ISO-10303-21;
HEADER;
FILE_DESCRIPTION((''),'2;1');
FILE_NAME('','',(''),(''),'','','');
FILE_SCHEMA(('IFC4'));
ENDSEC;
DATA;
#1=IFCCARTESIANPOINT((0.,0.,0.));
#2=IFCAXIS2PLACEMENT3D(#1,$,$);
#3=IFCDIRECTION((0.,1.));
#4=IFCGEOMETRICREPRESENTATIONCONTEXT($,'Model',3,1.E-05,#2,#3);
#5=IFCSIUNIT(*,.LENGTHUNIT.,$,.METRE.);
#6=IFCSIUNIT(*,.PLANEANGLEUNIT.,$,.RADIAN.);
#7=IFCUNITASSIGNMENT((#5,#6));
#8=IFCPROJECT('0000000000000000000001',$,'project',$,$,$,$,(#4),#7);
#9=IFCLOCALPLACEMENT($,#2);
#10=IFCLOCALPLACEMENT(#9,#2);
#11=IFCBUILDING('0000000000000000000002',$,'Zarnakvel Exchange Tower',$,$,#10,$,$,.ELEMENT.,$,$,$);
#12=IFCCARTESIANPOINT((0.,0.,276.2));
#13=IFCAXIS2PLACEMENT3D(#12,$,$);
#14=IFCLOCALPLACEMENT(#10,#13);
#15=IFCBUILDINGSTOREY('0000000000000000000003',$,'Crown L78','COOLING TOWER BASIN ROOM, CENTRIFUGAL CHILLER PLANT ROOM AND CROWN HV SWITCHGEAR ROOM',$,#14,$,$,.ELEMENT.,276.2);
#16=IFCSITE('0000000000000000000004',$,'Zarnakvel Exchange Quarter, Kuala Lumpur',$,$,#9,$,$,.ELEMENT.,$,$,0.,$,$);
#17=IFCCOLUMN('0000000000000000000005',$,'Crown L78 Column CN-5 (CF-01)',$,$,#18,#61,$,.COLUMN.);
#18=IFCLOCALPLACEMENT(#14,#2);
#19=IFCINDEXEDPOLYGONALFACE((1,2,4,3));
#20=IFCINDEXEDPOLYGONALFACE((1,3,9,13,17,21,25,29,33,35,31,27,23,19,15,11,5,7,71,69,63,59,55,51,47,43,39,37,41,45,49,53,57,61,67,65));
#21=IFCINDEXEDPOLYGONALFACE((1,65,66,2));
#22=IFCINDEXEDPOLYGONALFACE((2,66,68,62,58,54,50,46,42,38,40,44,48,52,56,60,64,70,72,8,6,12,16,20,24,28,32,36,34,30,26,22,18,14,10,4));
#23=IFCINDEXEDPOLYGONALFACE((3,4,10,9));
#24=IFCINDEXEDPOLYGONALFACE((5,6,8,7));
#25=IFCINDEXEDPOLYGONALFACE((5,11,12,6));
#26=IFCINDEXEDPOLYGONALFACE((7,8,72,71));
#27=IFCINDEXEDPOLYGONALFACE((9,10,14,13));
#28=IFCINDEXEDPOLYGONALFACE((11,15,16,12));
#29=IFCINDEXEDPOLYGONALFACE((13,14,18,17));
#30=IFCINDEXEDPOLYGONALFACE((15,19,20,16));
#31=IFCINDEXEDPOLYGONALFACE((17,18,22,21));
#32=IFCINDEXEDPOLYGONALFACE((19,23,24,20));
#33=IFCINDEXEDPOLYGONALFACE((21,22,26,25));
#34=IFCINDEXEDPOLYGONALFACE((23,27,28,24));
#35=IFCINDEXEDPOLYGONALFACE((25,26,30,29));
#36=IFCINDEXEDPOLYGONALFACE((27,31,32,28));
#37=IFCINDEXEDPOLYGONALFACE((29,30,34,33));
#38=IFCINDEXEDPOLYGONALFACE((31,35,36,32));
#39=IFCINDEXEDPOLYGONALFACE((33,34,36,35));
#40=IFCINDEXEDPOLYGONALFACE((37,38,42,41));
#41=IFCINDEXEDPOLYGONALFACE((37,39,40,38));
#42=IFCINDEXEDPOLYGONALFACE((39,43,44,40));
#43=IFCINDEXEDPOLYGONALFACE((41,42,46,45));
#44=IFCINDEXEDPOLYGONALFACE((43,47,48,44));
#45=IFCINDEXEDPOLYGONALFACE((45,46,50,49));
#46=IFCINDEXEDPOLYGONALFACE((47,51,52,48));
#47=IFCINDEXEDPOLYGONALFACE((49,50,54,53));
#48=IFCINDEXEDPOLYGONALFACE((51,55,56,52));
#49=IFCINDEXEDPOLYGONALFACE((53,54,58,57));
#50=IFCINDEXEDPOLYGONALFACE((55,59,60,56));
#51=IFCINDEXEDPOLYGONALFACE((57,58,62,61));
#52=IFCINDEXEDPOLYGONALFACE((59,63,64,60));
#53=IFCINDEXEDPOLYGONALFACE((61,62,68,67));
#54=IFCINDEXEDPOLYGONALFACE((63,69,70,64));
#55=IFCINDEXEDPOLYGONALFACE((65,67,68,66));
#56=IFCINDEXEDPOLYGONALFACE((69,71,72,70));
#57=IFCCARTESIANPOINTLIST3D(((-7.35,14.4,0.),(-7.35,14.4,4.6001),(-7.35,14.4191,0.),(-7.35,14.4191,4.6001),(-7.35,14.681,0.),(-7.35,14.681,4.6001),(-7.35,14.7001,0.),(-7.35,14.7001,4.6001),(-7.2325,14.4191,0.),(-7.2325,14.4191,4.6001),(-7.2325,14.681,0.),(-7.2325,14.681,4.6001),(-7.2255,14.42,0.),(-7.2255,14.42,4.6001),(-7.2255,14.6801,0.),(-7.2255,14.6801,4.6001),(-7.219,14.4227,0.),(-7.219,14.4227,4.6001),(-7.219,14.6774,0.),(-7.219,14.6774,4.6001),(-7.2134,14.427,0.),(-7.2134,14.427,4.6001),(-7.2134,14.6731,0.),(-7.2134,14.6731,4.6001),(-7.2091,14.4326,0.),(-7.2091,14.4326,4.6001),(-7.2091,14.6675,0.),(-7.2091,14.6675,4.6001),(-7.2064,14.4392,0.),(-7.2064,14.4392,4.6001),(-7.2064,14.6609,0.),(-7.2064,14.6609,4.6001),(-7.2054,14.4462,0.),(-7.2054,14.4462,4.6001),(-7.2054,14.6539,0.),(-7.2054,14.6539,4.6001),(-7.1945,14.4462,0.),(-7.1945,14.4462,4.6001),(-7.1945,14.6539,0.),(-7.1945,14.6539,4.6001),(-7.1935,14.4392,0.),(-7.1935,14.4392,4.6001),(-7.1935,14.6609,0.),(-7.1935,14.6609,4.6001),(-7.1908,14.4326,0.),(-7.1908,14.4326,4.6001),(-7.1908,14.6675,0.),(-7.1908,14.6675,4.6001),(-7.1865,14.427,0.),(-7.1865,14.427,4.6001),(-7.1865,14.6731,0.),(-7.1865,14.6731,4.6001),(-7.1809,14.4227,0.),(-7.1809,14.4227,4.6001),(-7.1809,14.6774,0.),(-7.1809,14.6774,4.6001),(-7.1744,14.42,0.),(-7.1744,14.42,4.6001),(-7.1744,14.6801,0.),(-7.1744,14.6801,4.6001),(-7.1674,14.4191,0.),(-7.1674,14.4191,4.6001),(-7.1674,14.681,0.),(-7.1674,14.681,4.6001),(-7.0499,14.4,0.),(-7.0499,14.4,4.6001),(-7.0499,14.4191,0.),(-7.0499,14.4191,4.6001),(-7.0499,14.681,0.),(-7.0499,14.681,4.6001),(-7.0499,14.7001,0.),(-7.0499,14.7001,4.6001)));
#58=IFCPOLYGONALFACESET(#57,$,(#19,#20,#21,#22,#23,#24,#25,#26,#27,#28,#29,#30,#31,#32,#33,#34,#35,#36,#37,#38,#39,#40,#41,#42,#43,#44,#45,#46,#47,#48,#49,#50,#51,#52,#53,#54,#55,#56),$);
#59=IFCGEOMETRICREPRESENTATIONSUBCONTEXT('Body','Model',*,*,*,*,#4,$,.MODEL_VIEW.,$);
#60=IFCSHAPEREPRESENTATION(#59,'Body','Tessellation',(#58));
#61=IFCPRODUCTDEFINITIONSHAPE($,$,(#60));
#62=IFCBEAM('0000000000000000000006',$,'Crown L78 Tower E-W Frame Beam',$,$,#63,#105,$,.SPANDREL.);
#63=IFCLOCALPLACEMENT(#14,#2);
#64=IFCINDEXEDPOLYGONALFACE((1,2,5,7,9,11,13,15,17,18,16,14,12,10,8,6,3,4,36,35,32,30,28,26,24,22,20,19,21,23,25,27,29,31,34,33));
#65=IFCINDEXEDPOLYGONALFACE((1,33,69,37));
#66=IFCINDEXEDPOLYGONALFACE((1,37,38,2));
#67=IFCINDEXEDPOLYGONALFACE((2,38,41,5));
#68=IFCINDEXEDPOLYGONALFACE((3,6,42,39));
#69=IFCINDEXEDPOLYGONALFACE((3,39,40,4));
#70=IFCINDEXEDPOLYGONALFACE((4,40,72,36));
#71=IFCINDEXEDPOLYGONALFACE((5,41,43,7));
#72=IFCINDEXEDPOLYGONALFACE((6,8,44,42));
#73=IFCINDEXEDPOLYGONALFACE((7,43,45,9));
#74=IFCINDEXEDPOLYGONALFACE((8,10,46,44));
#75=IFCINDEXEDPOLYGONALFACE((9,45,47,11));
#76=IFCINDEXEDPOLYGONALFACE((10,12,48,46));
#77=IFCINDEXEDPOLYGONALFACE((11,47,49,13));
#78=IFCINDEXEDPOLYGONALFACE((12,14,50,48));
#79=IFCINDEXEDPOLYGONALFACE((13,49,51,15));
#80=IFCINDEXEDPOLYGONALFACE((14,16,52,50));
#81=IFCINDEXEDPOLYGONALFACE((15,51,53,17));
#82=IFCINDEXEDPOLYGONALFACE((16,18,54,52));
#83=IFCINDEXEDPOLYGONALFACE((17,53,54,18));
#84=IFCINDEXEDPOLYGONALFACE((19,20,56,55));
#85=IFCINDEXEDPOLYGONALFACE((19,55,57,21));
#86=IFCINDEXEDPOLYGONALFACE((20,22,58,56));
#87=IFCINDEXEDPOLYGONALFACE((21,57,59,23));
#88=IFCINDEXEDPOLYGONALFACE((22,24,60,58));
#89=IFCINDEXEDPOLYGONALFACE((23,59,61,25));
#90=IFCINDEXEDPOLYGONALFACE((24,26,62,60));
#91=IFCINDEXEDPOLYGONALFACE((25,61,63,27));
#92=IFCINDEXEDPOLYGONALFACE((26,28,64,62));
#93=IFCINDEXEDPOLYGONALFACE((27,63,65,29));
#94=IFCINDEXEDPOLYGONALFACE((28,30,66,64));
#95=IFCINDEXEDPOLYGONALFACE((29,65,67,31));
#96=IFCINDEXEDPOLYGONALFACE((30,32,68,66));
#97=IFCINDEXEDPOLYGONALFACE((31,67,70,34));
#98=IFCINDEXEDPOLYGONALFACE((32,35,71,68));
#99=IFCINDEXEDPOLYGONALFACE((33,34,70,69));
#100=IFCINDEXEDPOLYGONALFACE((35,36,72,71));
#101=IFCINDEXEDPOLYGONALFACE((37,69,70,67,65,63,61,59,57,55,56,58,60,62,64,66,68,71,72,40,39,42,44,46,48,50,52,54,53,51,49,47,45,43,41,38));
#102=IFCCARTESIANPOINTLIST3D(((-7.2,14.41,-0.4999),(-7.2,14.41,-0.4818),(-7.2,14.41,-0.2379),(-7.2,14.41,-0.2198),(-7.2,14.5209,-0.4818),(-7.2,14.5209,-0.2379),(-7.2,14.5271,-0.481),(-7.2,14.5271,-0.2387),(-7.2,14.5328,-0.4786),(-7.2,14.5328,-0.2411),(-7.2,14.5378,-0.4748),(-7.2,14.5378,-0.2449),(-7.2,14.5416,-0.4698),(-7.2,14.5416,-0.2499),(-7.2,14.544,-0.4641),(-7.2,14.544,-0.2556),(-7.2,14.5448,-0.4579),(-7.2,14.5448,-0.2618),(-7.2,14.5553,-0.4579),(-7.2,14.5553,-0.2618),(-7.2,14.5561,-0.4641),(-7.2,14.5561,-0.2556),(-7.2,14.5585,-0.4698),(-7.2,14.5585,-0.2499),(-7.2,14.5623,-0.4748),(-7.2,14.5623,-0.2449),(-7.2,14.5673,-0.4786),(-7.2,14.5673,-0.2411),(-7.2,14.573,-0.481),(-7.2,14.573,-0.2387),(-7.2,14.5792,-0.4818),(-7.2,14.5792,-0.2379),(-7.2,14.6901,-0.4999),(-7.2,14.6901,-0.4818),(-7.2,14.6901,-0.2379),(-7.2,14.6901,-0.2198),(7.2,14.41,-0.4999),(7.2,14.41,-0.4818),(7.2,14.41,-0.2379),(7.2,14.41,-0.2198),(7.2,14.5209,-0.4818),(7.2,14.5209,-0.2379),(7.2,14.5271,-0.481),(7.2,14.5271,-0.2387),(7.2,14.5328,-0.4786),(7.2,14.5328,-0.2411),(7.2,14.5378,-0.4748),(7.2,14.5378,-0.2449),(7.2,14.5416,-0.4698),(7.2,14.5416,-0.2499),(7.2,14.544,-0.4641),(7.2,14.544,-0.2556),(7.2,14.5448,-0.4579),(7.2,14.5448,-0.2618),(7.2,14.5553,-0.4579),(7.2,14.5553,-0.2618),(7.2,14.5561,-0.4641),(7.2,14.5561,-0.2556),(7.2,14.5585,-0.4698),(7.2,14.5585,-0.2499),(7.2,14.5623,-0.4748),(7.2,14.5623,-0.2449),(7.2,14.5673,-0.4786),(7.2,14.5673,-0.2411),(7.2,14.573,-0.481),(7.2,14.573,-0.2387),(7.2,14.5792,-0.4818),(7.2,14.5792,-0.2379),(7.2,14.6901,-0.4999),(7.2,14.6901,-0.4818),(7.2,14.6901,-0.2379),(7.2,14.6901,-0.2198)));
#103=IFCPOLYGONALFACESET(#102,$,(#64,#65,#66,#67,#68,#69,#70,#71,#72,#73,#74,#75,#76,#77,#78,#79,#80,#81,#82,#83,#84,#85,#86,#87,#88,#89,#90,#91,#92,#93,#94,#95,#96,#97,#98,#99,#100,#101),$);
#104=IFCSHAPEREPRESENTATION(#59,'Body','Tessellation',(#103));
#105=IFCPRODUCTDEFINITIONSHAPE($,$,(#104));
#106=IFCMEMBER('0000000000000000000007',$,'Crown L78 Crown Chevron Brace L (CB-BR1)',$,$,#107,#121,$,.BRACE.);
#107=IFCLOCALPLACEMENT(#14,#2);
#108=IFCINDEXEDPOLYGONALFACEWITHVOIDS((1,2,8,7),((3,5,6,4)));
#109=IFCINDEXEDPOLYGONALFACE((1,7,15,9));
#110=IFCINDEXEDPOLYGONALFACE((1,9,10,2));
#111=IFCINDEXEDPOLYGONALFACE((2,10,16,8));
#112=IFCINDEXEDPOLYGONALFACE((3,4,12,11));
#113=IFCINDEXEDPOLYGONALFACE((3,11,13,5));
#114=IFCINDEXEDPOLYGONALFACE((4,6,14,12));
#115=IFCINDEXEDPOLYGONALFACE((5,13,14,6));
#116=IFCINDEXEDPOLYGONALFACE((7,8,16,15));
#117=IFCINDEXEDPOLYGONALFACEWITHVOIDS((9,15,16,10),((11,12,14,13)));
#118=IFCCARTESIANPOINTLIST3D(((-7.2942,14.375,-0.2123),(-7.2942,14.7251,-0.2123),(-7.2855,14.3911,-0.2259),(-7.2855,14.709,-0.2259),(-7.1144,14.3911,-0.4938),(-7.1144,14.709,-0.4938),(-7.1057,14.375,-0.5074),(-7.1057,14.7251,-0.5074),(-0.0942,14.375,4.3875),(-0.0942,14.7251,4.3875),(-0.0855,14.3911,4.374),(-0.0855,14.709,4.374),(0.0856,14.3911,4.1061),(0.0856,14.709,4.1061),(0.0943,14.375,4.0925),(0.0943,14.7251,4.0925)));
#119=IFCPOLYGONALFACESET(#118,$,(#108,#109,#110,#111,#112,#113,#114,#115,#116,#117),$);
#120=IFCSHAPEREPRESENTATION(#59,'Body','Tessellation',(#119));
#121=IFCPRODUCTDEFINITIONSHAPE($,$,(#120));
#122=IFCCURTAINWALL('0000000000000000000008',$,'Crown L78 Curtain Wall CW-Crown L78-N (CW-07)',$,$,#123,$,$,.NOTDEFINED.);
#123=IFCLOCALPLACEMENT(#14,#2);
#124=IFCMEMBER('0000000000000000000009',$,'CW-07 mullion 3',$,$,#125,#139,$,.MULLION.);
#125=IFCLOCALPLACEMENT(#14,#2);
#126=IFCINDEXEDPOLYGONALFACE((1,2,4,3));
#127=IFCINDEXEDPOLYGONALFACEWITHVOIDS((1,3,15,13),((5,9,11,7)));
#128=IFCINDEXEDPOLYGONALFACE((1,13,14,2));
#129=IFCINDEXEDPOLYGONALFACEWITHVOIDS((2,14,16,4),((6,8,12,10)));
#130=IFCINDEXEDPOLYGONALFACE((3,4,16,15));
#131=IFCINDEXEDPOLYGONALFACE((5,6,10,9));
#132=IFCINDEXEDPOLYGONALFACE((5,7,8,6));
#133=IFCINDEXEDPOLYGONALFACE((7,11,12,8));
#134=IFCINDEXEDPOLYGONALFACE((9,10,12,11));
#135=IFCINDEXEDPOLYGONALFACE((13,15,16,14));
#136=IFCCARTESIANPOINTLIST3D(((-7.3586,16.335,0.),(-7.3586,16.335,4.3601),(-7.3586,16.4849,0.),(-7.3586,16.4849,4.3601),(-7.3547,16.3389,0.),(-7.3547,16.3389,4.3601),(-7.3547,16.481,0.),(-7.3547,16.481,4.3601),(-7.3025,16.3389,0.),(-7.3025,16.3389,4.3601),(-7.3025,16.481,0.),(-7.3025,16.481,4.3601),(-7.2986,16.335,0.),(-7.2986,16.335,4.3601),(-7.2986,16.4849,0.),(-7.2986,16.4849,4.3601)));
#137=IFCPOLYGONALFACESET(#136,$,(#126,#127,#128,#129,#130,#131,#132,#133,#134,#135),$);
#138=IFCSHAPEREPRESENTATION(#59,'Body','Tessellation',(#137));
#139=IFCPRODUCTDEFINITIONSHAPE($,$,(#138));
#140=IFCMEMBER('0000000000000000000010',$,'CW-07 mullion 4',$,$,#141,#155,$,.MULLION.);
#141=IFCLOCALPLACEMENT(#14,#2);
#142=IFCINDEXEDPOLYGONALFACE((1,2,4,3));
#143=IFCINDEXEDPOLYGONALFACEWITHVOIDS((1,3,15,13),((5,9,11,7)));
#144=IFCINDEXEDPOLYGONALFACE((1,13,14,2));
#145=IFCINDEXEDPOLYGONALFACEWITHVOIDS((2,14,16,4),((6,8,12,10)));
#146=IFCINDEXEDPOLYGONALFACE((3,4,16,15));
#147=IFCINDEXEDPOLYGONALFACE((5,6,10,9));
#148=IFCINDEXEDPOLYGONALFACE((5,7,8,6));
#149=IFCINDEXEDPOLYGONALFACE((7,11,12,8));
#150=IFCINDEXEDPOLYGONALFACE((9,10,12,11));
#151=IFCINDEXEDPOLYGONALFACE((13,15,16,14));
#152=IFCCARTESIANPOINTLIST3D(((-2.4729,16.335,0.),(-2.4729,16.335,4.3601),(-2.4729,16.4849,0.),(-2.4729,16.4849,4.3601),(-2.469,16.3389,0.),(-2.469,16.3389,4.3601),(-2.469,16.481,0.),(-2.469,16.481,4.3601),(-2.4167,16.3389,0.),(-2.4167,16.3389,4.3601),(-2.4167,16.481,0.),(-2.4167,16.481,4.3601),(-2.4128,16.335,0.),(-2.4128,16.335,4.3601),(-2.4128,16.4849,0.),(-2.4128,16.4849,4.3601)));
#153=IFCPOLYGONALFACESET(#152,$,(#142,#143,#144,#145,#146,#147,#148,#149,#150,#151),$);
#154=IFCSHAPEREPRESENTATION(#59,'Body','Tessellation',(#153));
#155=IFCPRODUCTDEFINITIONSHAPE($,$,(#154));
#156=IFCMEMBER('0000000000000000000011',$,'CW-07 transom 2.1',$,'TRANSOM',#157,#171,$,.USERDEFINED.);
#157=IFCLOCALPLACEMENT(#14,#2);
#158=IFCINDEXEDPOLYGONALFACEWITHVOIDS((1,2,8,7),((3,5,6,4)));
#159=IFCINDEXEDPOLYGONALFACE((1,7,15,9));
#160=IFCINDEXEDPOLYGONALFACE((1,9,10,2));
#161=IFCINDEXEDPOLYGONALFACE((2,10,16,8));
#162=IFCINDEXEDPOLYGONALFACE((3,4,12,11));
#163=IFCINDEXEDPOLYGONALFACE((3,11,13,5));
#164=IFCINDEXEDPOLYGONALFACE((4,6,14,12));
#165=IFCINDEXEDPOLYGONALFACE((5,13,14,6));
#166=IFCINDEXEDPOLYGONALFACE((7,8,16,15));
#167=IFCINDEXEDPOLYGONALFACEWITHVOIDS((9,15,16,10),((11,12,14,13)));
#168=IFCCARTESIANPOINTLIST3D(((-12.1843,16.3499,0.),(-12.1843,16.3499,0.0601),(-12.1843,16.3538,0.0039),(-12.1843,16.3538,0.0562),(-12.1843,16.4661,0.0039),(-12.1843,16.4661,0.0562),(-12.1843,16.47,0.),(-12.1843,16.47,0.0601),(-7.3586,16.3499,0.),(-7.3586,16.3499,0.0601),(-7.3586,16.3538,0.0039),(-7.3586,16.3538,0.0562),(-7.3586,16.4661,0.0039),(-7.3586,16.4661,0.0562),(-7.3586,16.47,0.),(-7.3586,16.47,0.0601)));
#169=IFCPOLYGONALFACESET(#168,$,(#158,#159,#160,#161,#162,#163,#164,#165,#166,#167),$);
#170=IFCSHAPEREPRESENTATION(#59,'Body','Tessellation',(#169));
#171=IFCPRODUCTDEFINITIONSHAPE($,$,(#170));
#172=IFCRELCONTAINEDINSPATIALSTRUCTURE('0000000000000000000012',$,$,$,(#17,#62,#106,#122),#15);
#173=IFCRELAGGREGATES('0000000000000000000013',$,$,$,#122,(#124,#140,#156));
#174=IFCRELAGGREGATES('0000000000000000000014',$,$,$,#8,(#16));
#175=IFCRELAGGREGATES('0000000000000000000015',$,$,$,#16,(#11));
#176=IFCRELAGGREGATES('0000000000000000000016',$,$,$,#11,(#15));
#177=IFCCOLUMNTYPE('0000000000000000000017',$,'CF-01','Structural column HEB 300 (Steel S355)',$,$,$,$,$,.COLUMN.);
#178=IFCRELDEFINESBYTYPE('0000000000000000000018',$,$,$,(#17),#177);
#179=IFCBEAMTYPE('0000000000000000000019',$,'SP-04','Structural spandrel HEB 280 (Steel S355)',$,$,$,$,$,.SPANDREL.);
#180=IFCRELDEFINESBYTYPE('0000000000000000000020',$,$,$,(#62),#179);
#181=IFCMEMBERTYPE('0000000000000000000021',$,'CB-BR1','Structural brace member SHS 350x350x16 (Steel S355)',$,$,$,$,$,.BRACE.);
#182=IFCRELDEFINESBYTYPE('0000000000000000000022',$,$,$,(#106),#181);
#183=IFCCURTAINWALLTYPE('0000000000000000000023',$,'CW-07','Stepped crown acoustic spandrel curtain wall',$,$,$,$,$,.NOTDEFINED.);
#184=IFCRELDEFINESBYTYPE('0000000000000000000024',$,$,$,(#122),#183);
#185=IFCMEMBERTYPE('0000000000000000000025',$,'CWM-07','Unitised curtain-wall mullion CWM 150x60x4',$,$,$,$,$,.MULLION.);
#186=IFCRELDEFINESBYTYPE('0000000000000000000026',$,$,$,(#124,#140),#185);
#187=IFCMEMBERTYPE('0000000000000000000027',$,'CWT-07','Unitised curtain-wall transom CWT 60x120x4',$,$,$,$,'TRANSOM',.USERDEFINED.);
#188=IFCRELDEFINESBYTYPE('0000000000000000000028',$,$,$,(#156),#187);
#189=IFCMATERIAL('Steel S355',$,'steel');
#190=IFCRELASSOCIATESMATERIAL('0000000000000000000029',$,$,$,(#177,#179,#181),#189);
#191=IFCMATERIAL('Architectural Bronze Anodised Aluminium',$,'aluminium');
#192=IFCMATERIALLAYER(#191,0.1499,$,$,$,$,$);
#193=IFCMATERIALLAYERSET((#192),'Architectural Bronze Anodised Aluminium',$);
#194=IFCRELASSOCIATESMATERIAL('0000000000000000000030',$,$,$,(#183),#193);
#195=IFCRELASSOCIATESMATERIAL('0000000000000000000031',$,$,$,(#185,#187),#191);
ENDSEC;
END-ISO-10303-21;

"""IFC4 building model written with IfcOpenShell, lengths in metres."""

from ifc_helpers import new_model, si_unit, direction, frame, origin, origin_2d, place, context, subcontext, project, spatial, hollow_rectangle, i_section, extrude, source, transform, mapped, material, layer, layer_set, material_profile, profile_set, type_object, element, aggregate, save


model = new_model("IFC4")

# Units and contexts
model_context = context("Model", 3, precision=1e-05, world=origin(), true_north=direction((0.0, 1.0)))
body_context = subcontext(model_context, "Body", "Model", "MODEL_VIEW")
ifc_project = project(units=[si_unit("LENGTHUNIT", "METRE"), si_unit("PLANEANGLEUNIT", "RADIAN")], contexts=[model_context])

# Site, building, storey
site_placement = place(None, origin())
site = spatial("IfcSite", under=ifc_project, at=site_placement, Name="Zarnakvel Exchange Quarter, Kuala Lumpur", CompositionType="ELEMENT", RefElevation=0.0)
building_placement = place(site_placement, origin())
building = spatial("IfcBuilding", under=site, at=building_placement, Name="Zarnakvel Exchange Tower", CompositionType="ELEMENT")
storey_placement = place(building_placement, frame((0.0, 0.0, 276.2)))
storey = spatial("IfcBuildingStorey", under=building, at=storey_placement, Name="Crown L78", Description="COOLING TOWER BASIN ROOM, CENTRIFUGAL CHILLER PLANT ROOM AND CROWN HV SWITCHGEAR ROOM", CompositionType="ELEMENT", Elevation=276.2)

# Column
ifc_material_1 = material(Name="Steel S355", Category="steel")
ifc_material_profile_1 = material_profile(ifc_material_1, i_section(OverallWidth=0.3, OverallDepth=0.3, WebThickness=0.011, FlangeThickness=0.019, FilletRadius=0.0271, at=origin_2d()))
ifc_profile_set_1 = profile_set([ifc_material_profile_1], Name="Steel S355")
column_type = type_object("IfcColumnType", Name="CF-01", Description="Structural column HEB 300 (Steel S355)", PredefinedType="COLUMN", material=ifc_profile_set_1)
column_placement = place(storey_placement, frame((-7.2, 14.55, 0.0), z_axis=(0.0, 0.0, 1.0), x_axis=(1.0, 0.0, 0.0)))
element("IfcColumn", 1, at=column_placement, inside=storey, type_object=column_type, Name="Crown L78 Column CN-5 (CF-01)", PredefinedType="COLUMN", context=body_context, shape_type="SweptSolid", body=[
    extrude(i_section(OverallWidth=0.3, OverallDepth=0.3, WebThickness=0.011, FlangeThickness=0.019, FilletRadius=0.0271, at=origin_2d()), origin(), (0.0, 0.0, 1.0), 4.6001),
])

# Beam
ifc_material_profile_2 = material_profile(ifc_material_1, i_section(OverallWidth=0.28, OverallDepth=0.28, WebThickness=0.0105, FlangeThickness=0.0181, FilletRadius=0.0239, at=origin_2d()))
ifc_profile_set_2 = profile_set([ifc_material_profile_2], Name="Steel S355")
beam_type = type_object("IfcBeamType", Name="SP-04", Description="Structural spandrel HEB 280 (Steel S355)", PredefinedType="SPANDREL", material=ifc_profile_set_2)
beam_placement = place(storey_placement, frame((-7.2, 14.55, -0.3599), z_axis=(1.0, 0.0, 0.0), x_axis=(0.0, 1.0, 0.0)))
element("IfcBeam", 2, at=beam_placement, inside=storey, type_object=beam_type, Name="Crown L78 Tower E-W Frame Beam", PredefinedType="SPANDREL", context=body_context, shape_type="SweptSolid", body=[
    extrude(i_section(OverallWidth=0.28, OverallDepth=0.28, WebThickness=0.0105, FlangeThickness=0.0181, FilletRadius=0.0239, at=origin_2d()), origin(), (0.0, 0.0, 1.0), 14.3999),
])

# Member
ifc_material_profile_3 = material_profile(ifc_material_1, hollow_rectangle(XDim=0.3501, YDim=0.3501, WallThickness=0.0161, at=origin_2d()))
ifc_profile_set_3 = profile_set([ifc_material_profile_3], Name="Steel S355")
member_type_1 = type_object("IfcMemberType", Name="CB-BR1", Description="Structural brace member SHS 350x350x16 (Steel S355)", PredefinedType="BRACE", material=ifc_profile_set_3)
shared_shape_1 = source(origin(), body_context, "Body", "SweptSolid", [
    extrude(hollow_rectangle(XDim=0.3501, YDim=0.3501, WallThickness=0.0161, at=origin_2d()), origin(), (0.0, 0.0, 1.0), 8.5439),
])
member_1_placement = place(storey_placement, frame((-7.2, 14.55, -0.3599), z_axis=(0.842702, 0.0, 0.53838), x_axis=(0.0, 1.0, 0.0)))
element("IfcMember", 3, at=member_1_placement, inside=storey, type_object=member_type_1, Name="Crown L78 Crown Chevron Brace L (CB-BR1)", PredefinedType="BRACE", context=body_context, shape_type="MappedRepresentation", body=[
    mapped(shared_shape_1, transform((0.0, 0.0, 0.0), x_axis=(1.0, 0.0, 0.0), y_axis=(0.0, 1.0, 0.0), z_axis=(0.0, 0.0, 1.0), scale=1.0)),
])

# Curtain wall, members
ifc_material_2 = material(Name="Architectural Bronze Anodised Aluminium", Category="aluminium")
ifc_layer_1 = layer(ifc_material_2, 0.1499)
ifc_layer_set_1 = layer_set([ifc_layer_1], Name="Architectural Bronze Anodised Aluminium")
curtain_wall_type = type_object("IfcCurtainWallType", Name="CW-07", Description="Stepped crown acoustic spandrel curtain wall", PredefinedType="NOTDEFINED", material=ifc_layer_set_1)
curtain_wall_placement = place(storey_placement, origin())
curtain_wall = element("IfcCurtainWall", 4, at=curtain_wall_placement, inside=storey, type_object=curtain_wall_type, Name="Crown L78 Curtain Wall CW-Crown L78-N (CW-07)", PredefinedType="NOTDEFINED")
ifc_material_profile_4 = material_profile(ifc_material_2, hollow_rectangle(XDim=0.1499, YDim=0.0601, WallThickness=0.0039, at=origin_2d()))
ifc_profile_set_4 = profile_set([ifc_material_profile_4], Name="Architectural Bronze Anodised Aluminium")
member_type_2 = type_object("IfcMemberType", Name="CWM-07", Description="Unitised curtain-wall mullion CWM 150x60x4", PredefinedType="MULLION", material=ifc_profile_set_4)
shared_shape_2 = source(origin(), body_context, "Body", "SweptSolid", [
    extrude(hollow_rectangle(XDim=0.1499, YDim=0.0601, WallThickness=0.0039, at=origin_2d()), origin(), (0.0, 0.0, 1.0), 4.3601),
])
member_2_placement = place(storey_placement, frame((-7.3286, 16.4099, 0.0), z_axis=(0.0, 0.0, 1.0), x_axis=(0.0, 1.0, 0.0)))
member_2 = element("IfcMember", 5, at=member_2_placement, type_object=member_type_2, Name="CW-07 mullion 3", PredefinedType="MULLION", context=body_context, shape_type="MappedRepresentation", body=[
    mapped(shared_shape_2, transform((0.0, 0.0, 0.0), x_axis=(1.0, 0.0, 0.0), y_axis=(0.0, 1.0, 0.0), z_axis=(0.0, 0.0, 1.0), scale=1.0)),
])
member_3_placement = place(storey_placement, frame((-2.4429, 16.4099, 0.0), z_axis=(0.0, 0.0, 1.0), x_axis=(0.0, 1.0, 0.0)))
member_3 = element("IfcMember", 6, at=member_3_placement, type_object=member_type_2, Name="CW-07 mullion 4", PredefinedType="MULLION", context=body_context, shape_type="MappedRepresentation", body=[
    mapped(shared_shape_2, transform((0.0, 0.0, 0.0), x_axis=(1.0, 0.0, 0.0), y_axis=(0.0, 1.0, 0.0), z_axis=(0.0, 0.0, 1.0), scale=1.0)),
])
ifc_material_profile_5 = material_profile(ifc_material_2, hollow_rectangle(XDim=0.1201, YDim=0.0601, WallThickness=0.0039, at=origin_2d()))
ifc_profile_set_5 = profile_set([ifc_material_profile_5], Name="Architectural Bronze Anodised Aluminium")
member_type_3 = type_object("IfcMemberType", Name="CWT-07", Description="Unitised curtain-wall transom CWT 60x120x4", ElementType="TRANSOM", PredefinedType="USERDEFINED", material=ifc_profile_set_5)
shared_shape_3 = source(origin(), body_context, "Body", "SweptSolid", [
    extrude(hollow_rectangle(XDim=0.1201, YDim=0.0601, WallThickness=0.0039, at=origin_2d()), origin(), (0.0, 0.0, 1.0), 4.8257),
])
member_4_placement = place(storey_placement, frame((-12.1843, 16.4099, 0.03), z_axis=(1.0, 0.0, 0.0), x_axis=(0.0, 1.0, 0.0)))
member_4 = element("IfcMember", 7, at=member_4_placement, type_object=member_type_3, Name="CW-07 transom 2.1", ObjectType="TRANSOM", PredefinedType="USERDEFINED", context=body_context, shape_type="MappedRepresentation", body=[
    mapped(shared_shape_3, transform((0.0, 0.0, 0.0), x_axis=(1.0, 0.0, 0.0), y_axis=(0.0, 1.0, 0.0), z_axis=(0.0, 0.0, 1.0), scale=1.0)),
])

aggregate(curtain_wall, [member_2, member_3, member_4])

save(model, "model.ifc")
